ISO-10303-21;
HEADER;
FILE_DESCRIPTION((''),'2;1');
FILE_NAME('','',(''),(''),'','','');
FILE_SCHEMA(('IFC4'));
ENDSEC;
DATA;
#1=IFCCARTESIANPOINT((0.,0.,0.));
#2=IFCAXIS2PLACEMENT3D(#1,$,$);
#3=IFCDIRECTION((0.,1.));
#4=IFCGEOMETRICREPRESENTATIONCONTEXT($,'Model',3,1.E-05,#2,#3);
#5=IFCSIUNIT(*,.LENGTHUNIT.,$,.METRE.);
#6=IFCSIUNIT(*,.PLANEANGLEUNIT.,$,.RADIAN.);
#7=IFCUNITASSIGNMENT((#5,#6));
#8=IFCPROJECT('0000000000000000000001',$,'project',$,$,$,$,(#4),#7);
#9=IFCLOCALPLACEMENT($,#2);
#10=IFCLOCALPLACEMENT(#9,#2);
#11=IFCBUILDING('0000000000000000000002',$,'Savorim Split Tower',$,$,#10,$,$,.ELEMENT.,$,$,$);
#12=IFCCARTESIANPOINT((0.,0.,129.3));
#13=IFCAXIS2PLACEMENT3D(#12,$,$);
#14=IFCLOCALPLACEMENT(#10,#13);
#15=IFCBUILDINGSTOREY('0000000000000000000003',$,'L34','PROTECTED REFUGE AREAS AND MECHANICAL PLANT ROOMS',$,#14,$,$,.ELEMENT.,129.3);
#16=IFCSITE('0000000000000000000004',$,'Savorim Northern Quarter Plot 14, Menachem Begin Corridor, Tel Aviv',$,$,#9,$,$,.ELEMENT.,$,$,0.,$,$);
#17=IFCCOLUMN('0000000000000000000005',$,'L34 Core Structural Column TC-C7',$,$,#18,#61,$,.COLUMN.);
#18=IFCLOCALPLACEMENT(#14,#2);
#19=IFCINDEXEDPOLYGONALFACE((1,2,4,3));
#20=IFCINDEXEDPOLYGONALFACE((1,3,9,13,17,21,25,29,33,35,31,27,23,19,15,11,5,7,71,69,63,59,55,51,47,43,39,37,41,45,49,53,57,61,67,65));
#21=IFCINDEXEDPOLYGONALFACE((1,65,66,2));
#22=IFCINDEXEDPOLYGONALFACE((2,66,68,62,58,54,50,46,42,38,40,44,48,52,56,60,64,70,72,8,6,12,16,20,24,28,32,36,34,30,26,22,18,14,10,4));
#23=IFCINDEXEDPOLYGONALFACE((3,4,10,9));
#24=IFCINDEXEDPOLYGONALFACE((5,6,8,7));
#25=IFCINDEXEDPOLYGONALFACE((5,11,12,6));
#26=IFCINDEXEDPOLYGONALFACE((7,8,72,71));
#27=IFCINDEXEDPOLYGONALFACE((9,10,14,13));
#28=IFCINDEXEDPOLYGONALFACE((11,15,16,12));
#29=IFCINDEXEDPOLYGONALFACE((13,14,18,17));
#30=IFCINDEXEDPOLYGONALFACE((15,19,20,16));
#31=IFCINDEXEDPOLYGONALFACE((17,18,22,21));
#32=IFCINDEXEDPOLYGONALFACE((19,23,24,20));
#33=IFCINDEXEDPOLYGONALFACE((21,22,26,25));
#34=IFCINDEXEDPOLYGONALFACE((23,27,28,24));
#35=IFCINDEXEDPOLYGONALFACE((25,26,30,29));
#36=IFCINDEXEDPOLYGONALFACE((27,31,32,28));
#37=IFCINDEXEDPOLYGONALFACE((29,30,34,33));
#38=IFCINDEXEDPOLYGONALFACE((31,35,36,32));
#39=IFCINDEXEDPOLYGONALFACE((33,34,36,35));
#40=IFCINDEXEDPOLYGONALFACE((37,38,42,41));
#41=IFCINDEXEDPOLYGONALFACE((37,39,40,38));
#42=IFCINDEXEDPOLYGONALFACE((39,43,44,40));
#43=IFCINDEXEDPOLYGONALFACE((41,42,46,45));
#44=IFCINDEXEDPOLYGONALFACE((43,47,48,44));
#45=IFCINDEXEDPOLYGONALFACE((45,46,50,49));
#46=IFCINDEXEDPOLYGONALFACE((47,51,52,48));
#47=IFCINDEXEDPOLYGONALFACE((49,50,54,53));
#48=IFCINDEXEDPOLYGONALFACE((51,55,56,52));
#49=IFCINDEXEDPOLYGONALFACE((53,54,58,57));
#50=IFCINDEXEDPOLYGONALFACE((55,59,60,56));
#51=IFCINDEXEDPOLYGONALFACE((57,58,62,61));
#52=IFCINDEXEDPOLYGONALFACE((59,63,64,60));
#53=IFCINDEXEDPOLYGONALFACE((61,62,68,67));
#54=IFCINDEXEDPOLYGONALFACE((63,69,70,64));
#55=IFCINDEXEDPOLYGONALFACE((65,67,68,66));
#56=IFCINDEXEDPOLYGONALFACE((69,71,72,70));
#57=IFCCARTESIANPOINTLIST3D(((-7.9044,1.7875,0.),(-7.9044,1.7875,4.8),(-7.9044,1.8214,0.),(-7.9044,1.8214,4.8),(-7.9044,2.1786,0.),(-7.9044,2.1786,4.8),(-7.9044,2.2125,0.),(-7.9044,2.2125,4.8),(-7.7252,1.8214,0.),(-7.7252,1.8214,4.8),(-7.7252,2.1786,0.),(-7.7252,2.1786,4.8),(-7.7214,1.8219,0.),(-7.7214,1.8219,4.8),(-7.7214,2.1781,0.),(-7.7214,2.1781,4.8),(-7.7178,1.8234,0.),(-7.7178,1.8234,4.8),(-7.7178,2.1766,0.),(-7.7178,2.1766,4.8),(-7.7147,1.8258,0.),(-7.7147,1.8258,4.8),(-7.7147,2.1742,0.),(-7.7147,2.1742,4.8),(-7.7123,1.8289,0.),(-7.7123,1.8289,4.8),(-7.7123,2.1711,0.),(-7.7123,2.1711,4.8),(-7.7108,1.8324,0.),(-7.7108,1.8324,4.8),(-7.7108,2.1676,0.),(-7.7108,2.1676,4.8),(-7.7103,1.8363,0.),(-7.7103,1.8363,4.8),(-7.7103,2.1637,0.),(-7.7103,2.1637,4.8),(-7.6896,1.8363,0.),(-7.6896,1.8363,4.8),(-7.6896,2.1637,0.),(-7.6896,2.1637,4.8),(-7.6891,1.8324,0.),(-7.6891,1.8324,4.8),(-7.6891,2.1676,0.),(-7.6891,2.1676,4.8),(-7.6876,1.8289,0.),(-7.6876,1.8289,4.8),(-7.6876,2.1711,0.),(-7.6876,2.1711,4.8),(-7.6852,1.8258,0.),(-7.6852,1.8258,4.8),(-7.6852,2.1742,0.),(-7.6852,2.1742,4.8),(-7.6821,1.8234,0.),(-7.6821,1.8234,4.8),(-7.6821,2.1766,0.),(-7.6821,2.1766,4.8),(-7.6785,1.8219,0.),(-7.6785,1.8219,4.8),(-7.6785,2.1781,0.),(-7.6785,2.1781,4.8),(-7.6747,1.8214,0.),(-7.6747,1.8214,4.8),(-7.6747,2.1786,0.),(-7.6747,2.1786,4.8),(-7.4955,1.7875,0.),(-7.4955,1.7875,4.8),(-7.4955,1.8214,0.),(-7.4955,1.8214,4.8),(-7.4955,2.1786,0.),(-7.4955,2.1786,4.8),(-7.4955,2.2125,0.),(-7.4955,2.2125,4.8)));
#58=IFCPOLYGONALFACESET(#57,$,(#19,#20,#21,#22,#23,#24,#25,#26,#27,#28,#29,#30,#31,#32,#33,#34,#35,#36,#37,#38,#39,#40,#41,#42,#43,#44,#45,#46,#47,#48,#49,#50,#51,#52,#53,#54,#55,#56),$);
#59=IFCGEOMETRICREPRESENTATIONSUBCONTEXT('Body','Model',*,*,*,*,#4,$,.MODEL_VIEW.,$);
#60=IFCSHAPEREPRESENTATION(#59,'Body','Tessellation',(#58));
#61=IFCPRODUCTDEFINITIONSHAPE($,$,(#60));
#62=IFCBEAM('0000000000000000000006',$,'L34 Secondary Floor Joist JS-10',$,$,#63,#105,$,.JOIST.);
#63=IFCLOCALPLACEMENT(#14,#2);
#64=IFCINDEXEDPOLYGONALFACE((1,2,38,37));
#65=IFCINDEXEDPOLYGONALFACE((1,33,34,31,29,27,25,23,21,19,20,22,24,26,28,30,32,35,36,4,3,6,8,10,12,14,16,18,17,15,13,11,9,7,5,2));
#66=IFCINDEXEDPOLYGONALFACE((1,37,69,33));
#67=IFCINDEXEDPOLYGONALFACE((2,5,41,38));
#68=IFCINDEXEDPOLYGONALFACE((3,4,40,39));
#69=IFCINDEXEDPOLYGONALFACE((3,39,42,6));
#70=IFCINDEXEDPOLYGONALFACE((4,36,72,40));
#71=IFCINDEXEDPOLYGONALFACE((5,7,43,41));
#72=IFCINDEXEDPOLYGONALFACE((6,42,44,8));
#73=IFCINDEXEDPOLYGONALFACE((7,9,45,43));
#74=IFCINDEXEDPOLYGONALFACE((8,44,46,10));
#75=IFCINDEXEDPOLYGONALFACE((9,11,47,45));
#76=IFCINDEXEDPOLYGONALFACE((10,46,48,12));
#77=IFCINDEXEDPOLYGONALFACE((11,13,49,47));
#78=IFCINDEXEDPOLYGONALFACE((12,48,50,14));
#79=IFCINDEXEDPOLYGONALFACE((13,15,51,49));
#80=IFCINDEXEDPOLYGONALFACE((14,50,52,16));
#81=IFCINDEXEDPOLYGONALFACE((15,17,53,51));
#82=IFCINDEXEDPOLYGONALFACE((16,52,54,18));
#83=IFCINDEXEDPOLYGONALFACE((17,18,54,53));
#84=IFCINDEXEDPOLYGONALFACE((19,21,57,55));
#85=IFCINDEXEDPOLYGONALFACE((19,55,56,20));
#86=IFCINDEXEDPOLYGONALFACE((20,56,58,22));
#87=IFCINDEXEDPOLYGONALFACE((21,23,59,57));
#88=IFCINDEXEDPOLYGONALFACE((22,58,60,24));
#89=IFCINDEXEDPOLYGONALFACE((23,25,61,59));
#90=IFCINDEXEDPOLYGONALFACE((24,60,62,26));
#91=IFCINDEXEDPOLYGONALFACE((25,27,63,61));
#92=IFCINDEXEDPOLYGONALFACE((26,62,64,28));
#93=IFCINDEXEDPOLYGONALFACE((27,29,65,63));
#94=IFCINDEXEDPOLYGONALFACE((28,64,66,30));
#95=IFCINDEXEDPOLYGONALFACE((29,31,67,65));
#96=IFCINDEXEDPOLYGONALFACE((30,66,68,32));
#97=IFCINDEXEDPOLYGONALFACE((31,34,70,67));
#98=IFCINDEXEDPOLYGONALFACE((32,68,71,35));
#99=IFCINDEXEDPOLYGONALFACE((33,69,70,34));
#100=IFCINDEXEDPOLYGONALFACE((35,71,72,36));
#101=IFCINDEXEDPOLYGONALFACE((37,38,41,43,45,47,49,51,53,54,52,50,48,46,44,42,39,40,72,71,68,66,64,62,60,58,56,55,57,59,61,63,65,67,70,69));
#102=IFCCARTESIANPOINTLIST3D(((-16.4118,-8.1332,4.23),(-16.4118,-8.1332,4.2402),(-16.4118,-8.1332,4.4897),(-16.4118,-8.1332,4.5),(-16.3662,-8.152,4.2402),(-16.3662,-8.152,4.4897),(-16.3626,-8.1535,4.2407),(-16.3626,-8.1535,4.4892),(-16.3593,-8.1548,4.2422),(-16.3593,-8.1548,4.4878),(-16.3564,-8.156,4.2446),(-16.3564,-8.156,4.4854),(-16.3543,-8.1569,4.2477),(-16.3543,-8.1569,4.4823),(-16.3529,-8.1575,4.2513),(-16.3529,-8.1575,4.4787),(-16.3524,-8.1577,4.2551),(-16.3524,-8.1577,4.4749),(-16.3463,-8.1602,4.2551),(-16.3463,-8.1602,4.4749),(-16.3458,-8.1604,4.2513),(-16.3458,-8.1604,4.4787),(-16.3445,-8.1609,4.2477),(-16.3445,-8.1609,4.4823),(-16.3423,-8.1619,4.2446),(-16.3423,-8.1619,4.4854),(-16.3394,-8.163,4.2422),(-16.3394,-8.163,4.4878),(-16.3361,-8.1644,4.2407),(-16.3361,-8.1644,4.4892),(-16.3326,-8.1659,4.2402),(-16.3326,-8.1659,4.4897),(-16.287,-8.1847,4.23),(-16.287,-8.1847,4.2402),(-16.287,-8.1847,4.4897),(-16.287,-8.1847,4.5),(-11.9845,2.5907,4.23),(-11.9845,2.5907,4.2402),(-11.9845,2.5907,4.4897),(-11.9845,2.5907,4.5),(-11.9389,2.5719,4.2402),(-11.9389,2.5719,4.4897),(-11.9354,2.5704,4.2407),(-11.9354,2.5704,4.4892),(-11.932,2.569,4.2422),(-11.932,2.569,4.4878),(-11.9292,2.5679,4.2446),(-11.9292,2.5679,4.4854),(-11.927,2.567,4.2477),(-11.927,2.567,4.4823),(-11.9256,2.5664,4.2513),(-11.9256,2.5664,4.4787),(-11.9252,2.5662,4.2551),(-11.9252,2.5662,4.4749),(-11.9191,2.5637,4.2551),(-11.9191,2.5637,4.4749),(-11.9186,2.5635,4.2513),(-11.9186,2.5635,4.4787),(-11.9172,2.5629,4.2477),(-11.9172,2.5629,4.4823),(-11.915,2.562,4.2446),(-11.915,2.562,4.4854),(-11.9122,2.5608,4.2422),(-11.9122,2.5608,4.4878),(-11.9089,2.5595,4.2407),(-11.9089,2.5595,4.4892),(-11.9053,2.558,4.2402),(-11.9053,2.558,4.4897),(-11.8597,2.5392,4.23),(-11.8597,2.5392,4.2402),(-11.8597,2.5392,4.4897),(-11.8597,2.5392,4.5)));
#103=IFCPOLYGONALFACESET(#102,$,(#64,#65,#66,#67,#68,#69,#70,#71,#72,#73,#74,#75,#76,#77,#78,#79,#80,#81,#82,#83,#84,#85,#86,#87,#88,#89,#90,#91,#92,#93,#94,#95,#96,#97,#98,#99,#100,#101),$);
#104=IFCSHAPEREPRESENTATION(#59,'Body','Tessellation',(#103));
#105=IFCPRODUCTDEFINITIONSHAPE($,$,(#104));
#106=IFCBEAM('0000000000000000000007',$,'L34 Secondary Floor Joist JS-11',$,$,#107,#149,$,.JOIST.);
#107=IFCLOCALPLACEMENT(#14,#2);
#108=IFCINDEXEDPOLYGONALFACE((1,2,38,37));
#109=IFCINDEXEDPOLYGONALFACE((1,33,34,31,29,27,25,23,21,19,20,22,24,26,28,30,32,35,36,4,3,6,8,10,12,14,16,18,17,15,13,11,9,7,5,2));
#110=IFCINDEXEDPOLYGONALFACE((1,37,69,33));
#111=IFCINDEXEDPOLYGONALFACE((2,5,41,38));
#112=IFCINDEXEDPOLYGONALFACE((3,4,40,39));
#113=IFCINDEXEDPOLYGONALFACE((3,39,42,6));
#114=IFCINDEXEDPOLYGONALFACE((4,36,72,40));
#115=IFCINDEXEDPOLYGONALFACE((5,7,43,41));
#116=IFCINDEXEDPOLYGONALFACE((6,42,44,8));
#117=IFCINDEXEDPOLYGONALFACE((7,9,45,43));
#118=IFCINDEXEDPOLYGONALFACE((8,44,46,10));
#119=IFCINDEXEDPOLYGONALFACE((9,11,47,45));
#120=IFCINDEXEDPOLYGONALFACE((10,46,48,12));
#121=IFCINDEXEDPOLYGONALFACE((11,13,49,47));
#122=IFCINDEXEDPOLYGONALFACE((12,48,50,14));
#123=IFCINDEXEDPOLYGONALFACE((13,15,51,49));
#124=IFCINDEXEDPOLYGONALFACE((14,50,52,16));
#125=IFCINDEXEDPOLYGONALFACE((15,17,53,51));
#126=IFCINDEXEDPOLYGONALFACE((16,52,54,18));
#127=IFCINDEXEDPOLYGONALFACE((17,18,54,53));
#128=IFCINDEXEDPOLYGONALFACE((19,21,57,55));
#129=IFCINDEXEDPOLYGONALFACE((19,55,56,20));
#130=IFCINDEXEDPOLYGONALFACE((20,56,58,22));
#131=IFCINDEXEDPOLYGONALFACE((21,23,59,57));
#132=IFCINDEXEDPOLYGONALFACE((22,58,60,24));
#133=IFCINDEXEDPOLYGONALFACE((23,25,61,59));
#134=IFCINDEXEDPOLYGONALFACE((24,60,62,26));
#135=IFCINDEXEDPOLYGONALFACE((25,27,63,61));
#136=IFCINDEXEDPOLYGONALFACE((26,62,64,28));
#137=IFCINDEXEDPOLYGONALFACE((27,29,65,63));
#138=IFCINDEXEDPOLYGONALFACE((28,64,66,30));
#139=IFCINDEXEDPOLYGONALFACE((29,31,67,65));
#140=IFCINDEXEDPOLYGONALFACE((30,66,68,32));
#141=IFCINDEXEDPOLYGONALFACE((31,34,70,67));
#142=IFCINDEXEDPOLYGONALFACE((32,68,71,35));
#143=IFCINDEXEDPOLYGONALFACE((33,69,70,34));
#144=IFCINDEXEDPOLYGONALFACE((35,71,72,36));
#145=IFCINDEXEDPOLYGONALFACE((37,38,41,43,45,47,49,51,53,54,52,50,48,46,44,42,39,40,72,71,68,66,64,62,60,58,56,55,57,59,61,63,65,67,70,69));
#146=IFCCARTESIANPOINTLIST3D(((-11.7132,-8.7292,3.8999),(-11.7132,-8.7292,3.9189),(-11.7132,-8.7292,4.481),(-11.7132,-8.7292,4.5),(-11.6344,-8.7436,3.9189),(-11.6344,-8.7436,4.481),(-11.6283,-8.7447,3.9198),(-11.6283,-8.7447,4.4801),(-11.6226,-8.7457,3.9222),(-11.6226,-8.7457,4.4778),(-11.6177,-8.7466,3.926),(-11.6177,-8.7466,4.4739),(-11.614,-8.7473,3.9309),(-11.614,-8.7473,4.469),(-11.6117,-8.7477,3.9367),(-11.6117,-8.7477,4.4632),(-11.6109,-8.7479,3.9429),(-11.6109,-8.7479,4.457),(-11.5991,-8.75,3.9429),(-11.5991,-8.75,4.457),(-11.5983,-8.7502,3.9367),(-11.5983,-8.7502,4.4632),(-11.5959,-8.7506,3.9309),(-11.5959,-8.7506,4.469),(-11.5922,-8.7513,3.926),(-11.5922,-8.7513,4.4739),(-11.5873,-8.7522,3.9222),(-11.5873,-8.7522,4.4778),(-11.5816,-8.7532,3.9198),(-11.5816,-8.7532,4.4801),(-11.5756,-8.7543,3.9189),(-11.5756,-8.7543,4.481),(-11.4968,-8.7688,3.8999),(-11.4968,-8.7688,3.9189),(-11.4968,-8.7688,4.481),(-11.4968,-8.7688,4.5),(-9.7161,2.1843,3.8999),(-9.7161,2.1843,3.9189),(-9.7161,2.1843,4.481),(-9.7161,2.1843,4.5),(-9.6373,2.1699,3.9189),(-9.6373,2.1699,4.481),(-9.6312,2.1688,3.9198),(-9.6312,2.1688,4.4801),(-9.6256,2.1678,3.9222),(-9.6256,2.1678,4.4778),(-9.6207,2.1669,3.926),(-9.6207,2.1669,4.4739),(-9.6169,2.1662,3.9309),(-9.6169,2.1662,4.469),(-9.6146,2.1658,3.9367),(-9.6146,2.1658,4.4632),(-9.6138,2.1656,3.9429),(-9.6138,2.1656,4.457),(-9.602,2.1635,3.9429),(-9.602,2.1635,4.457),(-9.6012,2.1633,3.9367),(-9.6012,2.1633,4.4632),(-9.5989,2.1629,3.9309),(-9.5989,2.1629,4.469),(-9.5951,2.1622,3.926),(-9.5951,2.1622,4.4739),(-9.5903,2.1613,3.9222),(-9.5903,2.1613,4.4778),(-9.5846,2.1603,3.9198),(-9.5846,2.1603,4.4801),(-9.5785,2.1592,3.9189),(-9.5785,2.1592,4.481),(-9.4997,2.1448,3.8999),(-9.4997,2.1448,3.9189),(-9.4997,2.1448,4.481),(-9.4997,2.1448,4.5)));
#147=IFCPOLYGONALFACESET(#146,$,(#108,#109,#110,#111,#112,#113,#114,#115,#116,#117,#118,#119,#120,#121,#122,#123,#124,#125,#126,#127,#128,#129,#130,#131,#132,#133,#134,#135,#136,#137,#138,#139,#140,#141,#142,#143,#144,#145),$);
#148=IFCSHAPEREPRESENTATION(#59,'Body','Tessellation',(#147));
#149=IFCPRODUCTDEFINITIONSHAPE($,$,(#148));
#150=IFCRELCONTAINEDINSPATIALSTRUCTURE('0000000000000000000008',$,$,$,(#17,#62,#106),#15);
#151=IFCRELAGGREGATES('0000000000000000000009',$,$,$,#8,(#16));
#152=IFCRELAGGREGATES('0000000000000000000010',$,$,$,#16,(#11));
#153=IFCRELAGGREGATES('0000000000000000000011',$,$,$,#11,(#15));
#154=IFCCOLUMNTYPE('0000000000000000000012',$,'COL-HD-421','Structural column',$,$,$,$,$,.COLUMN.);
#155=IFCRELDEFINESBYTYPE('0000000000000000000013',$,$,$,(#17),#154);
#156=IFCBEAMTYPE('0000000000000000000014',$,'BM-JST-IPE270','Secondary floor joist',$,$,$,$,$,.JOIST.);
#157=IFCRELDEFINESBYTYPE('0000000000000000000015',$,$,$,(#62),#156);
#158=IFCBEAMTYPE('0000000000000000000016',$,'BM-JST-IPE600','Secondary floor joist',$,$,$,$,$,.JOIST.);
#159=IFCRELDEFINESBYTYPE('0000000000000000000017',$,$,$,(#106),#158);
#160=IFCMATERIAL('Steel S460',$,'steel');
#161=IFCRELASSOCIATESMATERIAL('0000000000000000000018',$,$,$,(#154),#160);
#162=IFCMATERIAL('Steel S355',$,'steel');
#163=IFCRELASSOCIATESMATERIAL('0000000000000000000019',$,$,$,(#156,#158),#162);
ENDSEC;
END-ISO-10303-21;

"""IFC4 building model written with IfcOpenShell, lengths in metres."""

from ifc_helpers import new_model, si_unit, direction, frame, origin, origin_2d, place, context, subcontext, project, spatial, i_section, extrude, material, material_profile, profile_set, type_object, element, save


model = new_model("IFC4")

# Units and contexts
model_context = context("Model", 3, precision=1e-05, world=origin(), true_north=direction((0.0, 1.0)))
body_context = subcontext(model_context, "Body", "Model", "MODEL_VIEW")
ifc_project = project(units=[si_unit("LENGTHUNIT", "METRE"), si_unit("PLANEANGLEUNIT", "RADIAN")], contexts=[model_context])

# Site, building, storey
site_placement = place(None, origin())
site = spatial("IfcSite", under=ifc_project, at=site_placement, Name="Savorim Northern Quarter Plot 14, Menachem Begin Corridor, Tel Aviv", CompositionType="ELEMENT", RefElevation=0.0)
building_placement = place(site_placement, origin())
building = spatial("IfcBuilding", under=site, at=building_placement, Name="Savorim Split Tower", CompositionType="ELEMENT")
storey_placement = place(building_placement, frame((0.0, 0.0, 129.3)))
storey = spatial("IfcBuildingStorey", under=building, at=storey_placement, Name="L34", Description="PROTECTED REFUGE AREAS AND MECHANICAL PLANT ROOMS", CompositionType="ELEMENT", Elevation=129.3)

# Column
ifc_material_1 = material(Name="Steel S460", Category="steel")
ifc_material_profile_1 = material_profile(ifc_material_1, i_section(OverallWidth=0.4089, OverallDepth=0.425, WebThickness=0.0208, FlangeThickness=0.0339, FilletRadius=0.0149, at=origin_2d()), Name="HD 400x421")
ifc_profile_set_1 = profile_set([ifc_material_profile_1], Name="Steel S460")
column_type = type_object("IfcColumnType", Name="COL-HD-421", Description="Structural column", PredefinedType="COLUMN", material=ifc_profile_set_1)
column_placement = place(storey_placement, frame((-7.7, 2.0, 0.0), z_axis=(0.0, 0.0, 1.0), x_axis=(1.0, 0.0, 0.0)))
element("IfcColumn", 1, at=column_placement, inside=storey, type_object=column_type, Name="L34 Core Structural Column TC-C7", PredefinedType="COLUMN", context=body_context, shape_type="SweptSolid", body=[
    extrude(i_section(OverallWidth=0.4089, OverallDepth=0.425, WebThickness=0.0208, FlangeThickness=0.0339, FilletRadius=0.0149, at=origin_2d()), origin(), (0.0, 0.0, 1.0), 4.8),
])

# Beams
ifc_material_2 = material(Name="Steel S355", Category="steel")
ifc_material_profile_2 = material_profile(ifc_material_2, i_section(OverallWidth=0.135, OverallDepth=0.27, WebThickness=0.0066, FlangeThickness=0.0103, FilletRadius=0.0149, at=origin_2d()), Name="IPE 270")
ifc_profile_set_2 = profile_set([ifc_material_profile_2], Name="Steel S355")
beam_type_1 = type_object("IfcBeamType", Name="BM-JST-IPE270", Description="Secondary floor joist", PredefinedType="JOIST", material=ifc_profile_set_2)
beam_1_placement = place(storey_placement, frame((-11.9221, 2.5649, 4.365), z_axis=(-0.3816, -0.924328, 0.0), x_axis=(0.924328, -0.3816, 0.0)))
element("IfcBeam", 2, at=beam_1_placement, inside=storey, type_object=beam_type_1, Name="L34 Secondary Floor Joist JS-10", PredefinedType="JOIST", context=body_context, shape_type="SweptSolid", body=[
    extrude(i_section(OverallWidth=0.135, OverallDepth=0.27, WebThickness=0.0066, FlangeThickness=0.0103, FilletRadius=0.0149, at=origin_2d()), origin(), (0.0, 0.0, 1.0), 11.6018),
])
ifc_material_profile_3 = material_profile(ifc_material_2, i_section(OverallWidth=0.22, OverallDepth=0.6001, WebThickness=0.012, FlangeThickness=0.019, FilletRadius=0.0239, at=origin_2d()), Name="IPE 600")
ifc_profile_set_3 = profile_set([ifc_material_profile_3], Name="Steel S355")
beam_type_2 = type_object("IfcBeamType", Name="BM-JST-IPE600", Description="Secondary floor joist", PredefinedType="JOIST", material=ifc_profile_set_3)
beam_2_placement = place(storey_placement, frame((-9.6079, 2.1646, 4.2), z_axis=(-0.180001, -0.983666, 0.0), x_axis=(0.983666, -0.180001, 0.0)))
element("IfcBeam", 3, at=beam_2_placement, inside=storey, type_object=beam_type_2, Name="L34 Secondary Floor Joist JS-11", PredefinedType="JOIST", context=body_context, shape_type="SweptSolid", body=[
    extrude(i_section(OverallWidth=0.22, OverallDepth=0.6001, WebThickness=0.012, FlangeThickness=0.019, FilletRadius=0.0239, at=origin_2d()), origin(), (0.0, 0.0, 1.0), 11.0947),
])

save(model, "model.ifc")
